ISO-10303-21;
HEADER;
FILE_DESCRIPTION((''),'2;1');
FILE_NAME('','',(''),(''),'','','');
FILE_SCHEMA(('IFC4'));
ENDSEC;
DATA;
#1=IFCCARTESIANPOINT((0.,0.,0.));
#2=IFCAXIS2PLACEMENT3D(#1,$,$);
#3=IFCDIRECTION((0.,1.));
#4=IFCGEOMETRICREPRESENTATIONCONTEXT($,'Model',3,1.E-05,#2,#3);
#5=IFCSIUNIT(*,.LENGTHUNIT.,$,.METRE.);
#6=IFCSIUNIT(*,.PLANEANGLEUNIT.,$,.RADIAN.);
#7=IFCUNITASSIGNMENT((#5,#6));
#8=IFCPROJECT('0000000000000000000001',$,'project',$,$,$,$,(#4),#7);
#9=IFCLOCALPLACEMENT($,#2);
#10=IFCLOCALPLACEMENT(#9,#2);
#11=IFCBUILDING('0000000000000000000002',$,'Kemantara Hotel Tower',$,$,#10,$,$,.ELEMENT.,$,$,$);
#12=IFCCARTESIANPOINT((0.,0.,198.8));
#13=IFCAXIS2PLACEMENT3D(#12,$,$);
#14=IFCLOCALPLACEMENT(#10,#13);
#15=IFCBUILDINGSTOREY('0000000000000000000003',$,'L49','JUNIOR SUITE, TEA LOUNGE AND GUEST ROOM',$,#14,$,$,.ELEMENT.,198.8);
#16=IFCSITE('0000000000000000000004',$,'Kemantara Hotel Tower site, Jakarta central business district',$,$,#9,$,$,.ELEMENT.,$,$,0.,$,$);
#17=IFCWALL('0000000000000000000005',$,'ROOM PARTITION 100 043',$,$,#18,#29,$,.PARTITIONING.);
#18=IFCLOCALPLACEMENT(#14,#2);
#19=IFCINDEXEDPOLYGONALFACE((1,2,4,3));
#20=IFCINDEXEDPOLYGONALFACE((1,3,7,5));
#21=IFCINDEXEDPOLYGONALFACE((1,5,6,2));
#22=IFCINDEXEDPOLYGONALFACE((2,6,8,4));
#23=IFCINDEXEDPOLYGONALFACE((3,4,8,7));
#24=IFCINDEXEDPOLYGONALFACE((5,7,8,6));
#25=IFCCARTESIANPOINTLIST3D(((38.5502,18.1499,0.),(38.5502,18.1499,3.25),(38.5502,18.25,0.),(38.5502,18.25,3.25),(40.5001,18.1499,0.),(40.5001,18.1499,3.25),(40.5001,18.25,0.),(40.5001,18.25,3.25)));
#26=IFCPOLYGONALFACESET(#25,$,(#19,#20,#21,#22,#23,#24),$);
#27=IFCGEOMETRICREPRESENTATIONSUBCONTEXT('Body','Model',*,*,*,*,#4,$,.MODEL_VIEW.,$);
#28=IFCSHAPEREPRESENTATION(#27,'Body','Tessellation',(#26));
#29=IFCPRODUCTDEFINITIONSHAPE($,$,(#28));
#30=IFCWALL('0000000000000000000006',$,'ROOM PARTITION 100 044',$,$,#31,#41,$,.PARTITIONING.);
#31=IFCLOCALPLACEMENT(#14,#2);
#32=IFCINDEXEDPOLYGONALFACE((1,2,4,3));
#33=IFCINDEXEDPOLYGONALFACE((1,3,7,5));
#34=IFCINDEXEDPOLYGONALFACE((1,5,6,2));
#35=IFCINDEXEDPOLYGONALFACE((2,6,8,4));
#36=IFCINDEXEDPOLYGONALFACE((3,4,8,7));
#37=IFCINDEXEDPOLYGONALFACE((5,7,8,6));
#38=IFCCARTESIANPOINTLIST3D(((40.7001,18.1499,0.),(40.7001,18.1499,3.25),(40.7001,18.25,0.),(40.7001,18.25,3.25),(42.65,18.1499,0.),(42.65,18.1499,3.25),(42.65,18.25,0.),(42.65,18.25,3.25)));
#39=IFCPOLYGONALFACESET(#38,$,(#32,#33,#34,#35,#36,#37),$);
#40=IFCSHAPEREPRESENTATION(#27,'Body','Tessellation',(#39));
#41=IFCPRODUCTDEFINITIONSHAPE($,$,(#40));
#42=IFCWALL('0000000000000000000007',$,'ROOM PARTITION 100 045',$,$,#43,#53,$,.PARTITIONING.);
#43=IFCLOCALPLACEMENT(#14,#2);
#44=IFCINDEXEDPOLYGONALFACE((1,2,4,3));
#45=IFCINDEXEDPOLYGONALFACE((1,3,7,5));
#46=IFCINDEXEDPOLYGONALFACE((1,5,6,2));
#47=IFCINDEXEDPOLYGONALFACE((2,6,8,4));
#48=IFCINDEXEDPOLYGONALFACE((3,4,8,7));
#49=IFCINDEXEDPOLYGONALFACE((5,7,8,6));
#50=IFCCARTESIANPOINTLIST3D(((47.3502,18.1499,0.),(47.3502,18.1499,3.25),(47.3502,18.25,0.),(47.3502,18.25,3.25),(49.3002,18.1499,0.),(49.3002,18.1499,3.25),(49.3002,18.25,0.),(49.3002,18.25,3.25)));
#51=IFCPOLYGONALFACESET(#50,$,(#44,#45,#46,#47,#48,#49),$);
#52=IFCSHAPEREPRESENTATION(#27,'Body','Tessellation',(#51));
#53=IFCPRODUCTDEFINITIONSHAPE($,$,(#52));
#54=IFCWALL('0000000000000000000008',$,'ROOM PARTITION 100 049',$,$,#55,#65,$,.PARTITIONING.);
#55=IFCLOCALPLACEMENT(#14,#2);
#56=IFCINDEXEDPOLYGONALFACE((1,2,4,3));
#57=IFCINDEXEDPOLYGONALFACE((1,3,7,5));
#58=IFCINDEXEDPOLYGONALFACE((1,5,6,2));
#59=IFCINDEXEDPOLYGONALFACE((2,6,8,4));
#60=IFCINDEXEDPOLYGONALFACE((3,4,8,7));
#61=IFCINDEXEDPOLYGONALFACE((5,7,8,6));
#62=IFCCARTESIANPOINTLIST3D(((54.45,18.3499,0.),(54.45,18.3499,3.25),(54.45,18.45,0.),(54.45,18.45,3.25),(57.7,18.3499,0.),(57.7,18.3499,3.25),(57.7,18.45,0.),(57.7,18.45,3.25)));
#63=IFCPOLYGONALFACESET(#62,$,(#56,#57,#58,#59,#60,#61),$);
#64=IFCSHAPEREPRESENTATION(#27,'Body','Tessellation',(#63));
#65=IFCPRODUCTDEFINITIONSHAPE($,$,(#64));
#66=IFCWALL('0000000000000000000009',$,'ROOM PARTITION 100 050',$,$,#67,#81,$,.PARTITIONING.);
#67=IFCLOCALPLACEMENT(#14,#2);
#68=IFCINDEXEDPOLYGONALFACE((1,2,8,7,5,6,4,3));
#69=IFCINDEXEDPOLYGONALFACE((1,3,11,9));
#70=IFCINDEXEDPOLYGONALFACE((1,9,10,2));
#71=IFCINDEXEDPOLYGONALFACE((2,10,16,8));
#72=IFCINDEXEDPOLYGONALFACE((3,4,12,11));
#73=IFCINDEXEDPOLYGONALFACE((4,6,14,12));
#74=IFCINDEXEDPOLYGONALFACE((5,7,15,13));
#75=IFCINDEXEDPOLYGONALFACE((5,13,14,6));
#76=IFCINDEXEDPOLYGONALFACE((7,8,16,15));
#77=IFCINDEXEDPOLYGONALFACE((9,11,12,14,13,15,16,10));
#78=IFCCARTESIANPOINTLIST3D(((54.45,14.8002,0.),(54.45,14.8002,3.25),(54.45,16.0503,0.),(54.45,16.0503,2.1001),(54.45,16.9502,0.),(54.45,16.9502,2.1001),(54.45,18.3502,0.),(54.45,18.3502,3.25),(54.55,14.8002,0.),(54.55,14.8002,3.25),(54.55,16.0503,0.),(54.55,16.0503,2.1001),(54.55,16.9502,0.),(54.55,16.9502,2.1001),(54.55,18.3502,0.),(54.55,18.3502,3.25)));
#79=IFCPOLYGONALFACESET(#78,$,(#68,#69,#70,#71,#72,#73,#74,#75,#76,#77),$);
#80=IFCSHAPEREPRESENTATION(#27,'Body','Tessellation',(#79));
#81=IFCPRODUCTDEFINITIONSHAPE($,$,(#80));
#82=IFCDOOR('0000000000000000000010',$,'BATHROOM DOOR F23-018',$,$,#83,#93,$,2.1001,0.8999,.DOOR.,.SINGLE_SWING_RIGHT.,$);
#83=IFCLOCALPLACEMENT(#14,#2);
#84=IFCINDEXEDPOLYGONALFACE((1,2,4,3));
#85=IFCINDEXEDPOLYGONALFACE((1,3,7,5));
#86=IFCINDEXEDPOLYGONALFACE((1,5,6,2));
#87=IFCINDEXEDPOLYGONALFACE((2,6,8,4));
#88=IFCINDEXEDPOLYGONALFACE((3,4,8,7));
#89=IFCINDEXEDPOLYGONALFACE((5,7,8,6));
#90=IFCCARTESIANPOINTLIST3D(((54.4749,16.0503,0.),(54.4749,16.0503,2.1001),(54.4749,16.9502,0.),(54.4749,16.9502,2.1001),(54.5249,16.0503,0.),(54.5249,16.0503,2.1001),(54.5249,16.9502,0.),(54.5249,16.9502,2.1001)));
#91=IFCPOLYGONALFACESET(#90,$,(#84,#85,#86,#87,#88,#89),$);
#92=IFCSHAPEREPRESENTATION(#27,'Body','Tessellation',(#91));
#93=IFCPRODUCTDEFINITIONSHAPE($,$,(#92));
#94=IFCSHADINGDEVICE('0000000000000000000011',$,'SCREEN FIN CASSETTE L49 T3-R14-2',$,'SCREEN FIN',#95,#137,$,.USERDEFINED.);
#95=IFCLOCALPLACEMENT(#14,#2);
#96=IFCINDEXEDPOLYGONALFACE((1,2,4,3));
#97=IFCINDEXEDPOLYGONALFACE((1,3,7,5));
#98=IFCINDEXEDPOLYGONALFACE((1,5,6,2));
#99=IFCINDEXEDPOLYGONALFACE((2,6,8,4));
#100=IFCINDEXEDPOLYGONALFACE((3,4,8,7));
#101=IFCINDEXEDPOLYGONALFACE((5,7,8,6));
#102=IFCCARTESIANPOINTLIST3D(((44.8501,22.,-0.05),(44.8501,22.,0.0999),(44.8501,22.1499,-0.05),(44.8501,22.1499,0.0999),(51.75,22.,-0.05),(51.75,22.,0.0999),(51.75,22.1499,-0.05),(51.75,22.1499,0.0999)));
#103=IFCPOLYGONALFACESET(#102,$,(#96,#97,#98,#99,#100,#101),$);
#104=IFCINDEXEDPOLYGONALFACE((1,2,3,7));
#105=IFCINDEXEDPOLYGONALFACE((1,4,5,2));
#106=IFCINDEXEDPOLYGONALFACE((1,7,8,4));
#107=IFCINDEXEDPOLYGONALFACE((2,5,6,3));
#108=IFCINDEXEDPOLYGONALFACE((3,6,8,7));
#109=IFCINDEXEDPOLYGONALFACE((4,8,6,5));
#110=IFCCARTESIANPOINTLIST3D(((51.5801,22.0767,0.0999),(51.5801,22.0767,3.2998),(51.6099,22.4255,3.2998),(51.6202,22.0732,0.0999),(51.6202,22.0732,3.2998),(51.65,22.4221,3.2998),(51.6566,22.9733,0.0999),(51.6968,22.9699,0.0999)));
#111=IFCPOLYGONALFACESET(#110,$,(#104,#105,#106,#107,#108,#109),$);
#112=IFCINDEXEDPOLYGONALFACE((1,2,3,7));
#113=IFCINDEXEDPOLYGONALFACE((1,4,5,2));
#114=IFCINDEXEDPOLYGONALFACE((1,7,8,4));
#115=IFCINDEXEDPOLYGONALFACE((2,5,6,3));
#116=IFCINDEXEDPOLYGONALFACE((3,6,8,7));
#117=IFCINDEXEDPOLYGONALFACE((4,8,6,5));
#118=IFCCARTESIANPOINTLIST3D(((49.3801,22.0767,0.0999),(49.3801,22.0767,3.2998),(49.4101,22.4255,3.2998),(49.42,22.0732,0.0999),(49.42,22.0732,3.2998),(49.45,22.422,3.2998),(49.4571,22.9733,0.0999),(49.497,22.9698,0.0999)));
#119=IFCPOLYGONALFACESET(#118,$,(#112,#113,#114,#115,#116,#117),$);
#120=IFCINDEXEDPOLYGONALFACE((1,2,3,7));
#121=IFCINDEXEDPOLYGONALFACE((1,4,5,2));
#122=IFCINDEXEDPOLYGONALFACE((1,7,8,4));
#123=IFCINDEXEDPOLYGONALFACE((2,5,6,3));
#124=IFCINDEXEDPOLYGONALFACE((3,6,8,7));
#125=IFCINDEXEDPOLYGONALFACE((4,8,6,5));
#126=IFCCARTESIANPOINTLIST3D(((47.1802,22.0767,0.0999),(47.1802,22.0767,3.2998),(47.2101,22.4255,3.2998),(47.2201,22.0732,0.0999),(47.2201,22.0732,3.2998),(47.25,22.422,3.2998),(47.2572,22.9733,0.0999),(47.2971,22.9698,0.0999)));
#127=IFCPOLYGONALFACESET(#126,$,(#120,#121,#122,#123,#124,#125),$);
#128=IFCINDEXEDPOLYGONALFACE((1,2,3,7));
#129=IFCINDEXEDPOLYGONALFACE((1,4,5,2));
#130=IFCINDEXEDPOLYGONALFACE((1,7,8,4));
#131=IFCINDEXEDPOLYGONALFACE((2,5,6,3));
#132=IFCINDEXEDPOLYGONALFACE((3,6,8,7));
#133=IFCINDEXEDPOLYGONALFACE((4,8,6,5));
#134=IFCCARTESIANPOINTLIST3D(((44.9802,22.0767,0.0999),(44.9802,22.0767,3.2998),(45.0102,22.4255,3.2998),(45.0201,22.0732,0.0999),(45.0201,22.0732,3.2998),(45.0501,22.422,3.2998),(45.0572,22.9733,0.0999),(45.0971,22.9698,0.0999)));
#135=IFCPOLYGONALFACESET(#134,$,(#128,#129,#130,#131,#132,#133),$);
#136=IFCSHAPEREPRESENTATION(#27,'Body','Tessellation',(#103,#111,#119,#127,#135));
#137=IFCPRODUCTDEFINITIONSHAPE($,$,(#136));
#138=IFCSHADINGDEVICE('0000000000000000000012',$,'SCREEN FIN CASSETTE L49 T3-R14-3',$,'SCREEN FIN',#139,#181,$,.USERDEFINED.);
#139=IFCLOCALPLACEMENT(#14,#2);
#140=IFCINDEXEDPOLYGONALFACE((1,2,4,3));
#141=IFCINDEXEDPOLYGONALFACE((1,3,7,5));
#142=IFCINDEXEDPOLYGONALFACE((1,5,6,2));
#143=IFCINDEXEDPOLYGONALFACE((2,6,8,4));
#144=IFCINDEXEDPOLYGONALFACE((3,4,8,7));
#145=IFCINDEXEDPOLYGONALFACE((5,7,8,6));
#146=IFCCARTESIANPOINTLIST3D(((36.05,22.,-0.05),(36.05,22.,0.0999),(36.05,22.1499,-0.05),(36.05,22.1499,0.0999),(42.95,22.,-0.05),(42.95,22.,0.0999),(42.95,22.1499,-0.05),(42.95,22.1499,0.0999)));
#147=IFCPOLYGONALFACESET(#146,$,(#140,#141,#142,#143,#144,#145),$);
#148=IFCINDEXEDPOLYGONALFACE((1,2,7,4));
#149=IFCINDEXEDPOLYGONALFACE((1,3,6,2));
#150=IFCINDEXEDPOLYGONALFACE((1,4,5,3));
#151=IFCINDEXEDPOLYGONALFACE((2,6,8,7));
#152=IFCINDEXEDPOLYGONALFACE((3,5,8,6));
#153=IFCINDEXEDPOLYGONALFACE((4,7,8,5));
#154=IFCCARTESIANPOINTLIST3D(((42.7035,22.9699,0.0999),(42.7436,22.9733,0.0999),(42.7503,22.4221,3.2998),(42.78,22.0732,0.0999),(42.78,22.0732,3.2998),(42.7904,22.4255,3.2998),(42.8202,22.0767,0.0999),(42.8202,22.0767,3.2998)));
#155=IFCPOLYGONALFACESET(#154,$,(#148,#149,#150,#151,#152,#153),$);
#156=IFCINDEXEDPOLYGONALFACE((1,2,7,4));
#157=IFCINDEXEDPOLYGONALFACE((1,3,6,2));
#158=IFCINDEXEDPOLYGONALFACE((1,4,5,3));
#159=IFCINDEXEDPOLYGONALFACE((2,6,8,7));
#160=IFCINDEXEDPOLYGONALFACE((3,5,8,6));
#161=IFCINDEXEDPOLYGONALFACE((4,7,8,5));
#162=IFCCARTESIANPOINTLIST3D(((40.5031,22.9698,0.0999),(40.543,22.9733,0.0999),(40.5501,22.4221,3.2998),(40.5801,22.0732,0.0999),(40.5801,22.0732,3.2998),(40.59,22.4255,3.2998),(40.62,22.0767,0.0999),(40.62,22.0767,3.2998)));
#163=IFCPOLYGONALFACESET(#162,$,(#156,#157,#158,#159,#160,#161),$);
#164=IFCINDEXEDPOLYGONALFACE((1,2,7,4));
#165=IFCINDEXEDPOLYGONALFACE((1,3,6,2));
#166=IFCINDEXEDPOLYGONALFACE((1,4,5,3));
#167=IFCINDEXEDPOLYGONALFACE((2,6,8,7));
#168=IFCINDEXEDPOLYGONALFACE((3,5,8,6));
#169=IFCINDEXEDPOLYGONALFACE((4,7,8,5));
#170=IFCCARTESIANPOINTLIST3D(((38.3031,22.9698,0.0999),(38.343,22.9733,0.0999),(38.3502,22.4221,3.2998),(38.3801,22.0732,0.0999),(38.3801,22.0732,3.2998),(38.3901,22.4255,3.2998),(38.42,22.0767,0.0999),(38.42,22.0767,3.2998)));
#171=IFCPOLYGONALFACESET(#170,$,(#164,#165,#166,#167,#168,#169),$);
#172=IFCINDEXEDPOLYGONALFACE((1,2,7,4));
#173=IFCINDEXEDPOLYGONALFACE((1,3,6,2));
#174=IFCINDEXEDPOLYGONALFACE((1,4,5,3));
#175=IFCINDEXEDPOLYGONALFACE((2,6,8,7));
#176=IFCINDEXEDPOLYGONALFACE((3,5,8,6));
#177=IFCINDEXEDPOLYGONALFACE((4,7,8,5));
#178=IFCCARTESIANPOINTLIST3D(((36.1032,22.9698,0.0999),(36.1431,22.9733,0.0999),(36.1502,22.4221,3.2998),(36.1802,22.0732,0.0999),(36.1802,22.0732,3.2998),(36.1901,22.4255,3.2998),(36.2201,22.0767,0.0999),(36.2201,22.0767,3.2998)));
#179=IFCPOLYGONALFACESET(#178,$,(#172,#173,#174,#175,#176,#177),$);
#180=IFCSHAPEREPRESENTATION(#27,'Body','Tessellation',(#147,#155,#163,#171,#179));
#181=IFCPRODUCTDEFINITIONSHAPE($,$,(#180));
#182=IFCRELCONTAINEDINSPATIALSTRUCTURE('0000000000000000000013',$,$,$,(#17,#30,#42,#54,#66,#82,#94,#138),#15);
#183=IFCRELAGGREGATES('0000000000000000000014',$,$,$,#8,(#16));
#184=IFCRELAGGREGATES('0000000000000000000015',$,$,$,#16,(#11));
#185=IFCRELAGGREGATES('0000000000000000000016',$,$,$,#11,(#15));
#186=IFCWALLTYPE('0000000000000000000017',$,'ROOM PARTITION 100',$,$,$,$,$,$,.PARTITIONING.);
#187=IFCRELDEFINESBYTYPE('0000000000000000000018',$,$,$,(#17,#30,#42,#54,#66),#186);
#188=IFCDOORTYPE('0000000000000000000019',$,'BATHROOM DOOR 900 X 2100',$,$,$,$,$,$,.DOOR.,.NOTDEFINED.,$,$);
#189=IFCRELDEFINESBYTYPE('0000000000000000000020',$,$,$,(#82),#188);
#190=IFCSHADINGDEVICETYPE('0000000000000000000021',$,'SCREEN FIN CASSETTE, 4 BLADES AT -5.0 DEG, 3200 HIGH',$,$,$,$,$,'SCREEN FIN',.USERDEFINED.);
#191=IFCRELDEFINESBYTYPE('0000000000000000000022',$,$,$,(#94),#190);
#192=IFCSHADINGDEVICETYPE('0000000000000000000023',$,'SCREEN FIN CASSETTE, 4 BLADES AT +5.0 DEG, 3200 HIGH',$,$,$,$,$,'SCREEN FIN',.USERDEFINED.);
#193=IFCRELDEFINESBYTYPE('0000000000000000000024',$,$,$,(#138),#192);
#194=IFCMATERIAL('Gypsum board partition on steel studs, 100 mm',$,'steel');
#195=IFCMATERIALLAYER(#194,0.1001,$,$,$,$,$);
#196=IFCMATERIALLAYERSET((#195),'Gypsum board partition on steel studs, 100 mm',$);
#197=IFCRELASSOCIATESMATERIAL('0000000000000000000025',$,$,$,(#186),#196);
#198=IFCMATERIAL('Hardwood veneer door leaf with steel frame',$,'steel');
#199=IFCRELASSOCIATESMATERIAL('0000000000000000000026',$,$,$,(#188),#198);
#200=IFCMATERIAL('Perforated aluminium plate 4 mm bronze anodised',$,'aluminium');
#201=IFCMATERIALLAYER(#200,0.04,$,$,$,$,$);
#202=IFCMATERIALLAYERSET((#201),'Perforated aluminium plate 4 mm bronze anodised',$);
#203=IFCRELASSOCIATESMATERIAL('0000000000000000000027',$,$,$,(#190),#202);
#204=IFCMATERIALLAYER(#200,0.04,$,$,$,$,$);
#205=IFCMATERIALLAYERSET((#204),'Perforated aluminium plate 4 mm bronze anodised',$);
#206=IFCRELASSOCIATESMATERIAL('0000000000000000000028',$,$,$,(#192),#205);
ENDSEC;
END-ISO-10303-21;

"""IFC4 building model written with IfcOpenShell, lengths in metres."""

from ifc_helpers import new_model, si_unit, direction, frame, frame_2d, origin, origin_2d, place, context, subcontext, project, spatial, polyline, rectangle, outline, extrude, source, transform, mapped, material, layer, layer_set, type_object, element, fill, save


model = new_model("IFC4")

# Units and contexts
model_context = context("Model", 3, precision=1e-05, world=origin(), true_north=direction((0.0, 1.0)))
body_context = subcontext(model_context, "Body", "Model", "MODEL_VIEW")
ifc_project = project(units=[si_unit("LENGTHUNIT", "METRE"), si_unit("PLANEANGLEUNIT", "RADIAN")], contexts=[model_context])

# Site, building, storey
site_placement = place(None, origin())
site = spatial("IfcSite", under=ifc_project, at=site_placement, Name="Kemantara Hotel Tower site, Jakarta central business district", CompositionType="ELEMENT", RefElevation=0.0)
building_placement = place(site_placement, origin())
building = spatial("IfcBuilding", under=site, at=building_placement, Name="Kemantara Hotel Tower", CompositionType="ELEMENT")
storey_placement = place(building_placement, frame((0.0, 0.0, 198.8)))
storey = spatial("IfcBuildingStorey", under=building, at=storey_placement, Name="L49", Description="JUNIOR SUITE, TEA LOUNGE AND GUEST ROOM", CompositionType="ELEMENT", Elevation=198.8)

# Walls
ifc_material_1 = material(Name="Gypsum board partition on steel studs, 100 mm", Category="steel")
ifc_layer_1 = layer(ifc_material_1, 0.1001)
ifc_layer_set_1 = layer_set([ifc_layer_1], Name="Gypsum board partition on steel studs, 100 mm")
wall_type_1 = type_object("IfcWallType", Name="ROOM PARTITION 100", PredefinedType="PARTITIONING", material=ifc_layer_set_1)
for number, where, z_axis, x_axis, name in (
    (1, (38.55, 18.2, 0.0), (0.0, 0.0, 1.0), (1.0, 0.0, 0.0), "ROOM PARTITION 100 043"),
    (2, (40.7, 18.2, 0.0), (0.0, 0.0, 1.0), (1.0, 0.0, 0.0), "ROOM PARTITION 100 044"),
    (3, (47.3501, 18.2, 0.0), (0.0, 0.0, 1.0), (1.0, 0.0, 0.0), "ROOM PARTITION 100 045"),
):
    element("IfcWall", number, at=place(storey_placement, frame(where, z_axis=z_axis, x_axis=x_axis)), inside=storey, type_object=wall_type_1, Name=name, PredefinedType="PARTITIONING", context=body_context, shape_type="SweptSolid", body=[
        extrude(rectangle(XDim=1.95, YDim=0.1001, at=frame_2d((0.9751, 0.0))), origin(), (0.0, 0.0, 1.0), 3.25),
    ])
wall_1_placement = place(storey_placement, frame((54.45, 18.3999, 0.0), z_axis=(0.0, 0.0, 1.0), x_axis=(1.0, 0.0, 0.0)))
element("IfcWall", 4, at=wall_1_placement, inside=storey, type_object=wall_type_1, Name="ROOM PARTITION 100 049", PredefinedType="PARTITIONING", context=body_context, shape_type="SweptSolid", body=[
    extrude(rectangle(XDim=3.25, YDim=0.1001, at=frame_2d((1.625, 0.0))), origin(), (0.0, 0.0, 1.0), 3.25),
])

# Wall, opening, door
wall_2_placement = place(storey_placement, frame((54.5, 18.3501, 0.0), z_axis=(0.0, 0.0, 1.0), x_axis=(0.0, -1.0, 0.0)))
wall_2 = element("IfcWall", 5, at=wall_2_placement, inside=storey, type_object=wall_type_1, Name="ROOM PARTITION 100 050", PredefinedType="PARTITIONING", context=body_context, shape_type="SweptSolid", body=[
    extrude(rectangle(XDim=3.55, YDim=0.1001, at=frame_2d((1.7749, 0.0))), origin(), (0.0, 0.0, 1.0), 3.25),
])
opening_placement = place(wall_2_placement, frame((1.3999, 0.0, 0.0)))
opening = element("IfcOpeningElement", 6, at=opening_placement, cuts=wall_2, PredefinedType="OPENING", context=body_context, shape_type="SweptSolid", body=[
    extrude(rectangle(XDim=0.8999, YDim=2.1001, at=frame_2d((0.45, 1.05))), frame((0.0, 0.0601, 0.0), z_axis=(0.0, -1.0, 0.0), x_axis=(1.0, 0.0, 0.0)), (0.0, 0.0, 1.0), 0.1201),
])
ifc_material_2 = material(Name="Hardwood veneer door leaf with steel frame", Category="steel")
door_type = type_object("IfcDoorType", Name="BATHROOM DOOR 900 X 2100", OperationType="NOTDEFINED", PredefinedType="DOOR", material=ifc_material_2)
door_placement = place(opening_placement, origin())
door = element("IfcDoor", 7, at=door_placement, inside=storey, type_object=door_type, Name="BATHROOM DOOR F23-018", OperationType="SINGLE_SWING_RIGHT", OverallHeight=2.1001, OverallWidth=0.8999, PredefinedType="DOOR", context=body_context, shape_type="SweptSolid", body=[
    extrude(rectangle(XDim=0.8999, YDim=2.1001, at=frame_2d((0.45, 1.05))), frame((0.0, 0.0249, 0.0), z_axis=(0.0, -1.0, 0.0), x_axis=(1.0, 0.0, 0.0)), (0.0, 0.0, 1.0), 0.05),
])
fill(opening, door)

# Shading devices
ifc_material_3 = material(Name="Perforated aluminium plate 4 mm bronze anodised", Category="aluminium")
ifc_layer_2 = layer(ifc_material_3, 0.04)
ifc_layer_set_2 = layer_set([ifc_layer_2], Name="Perforated aluminium plate 4 mm bronze anodised")
shading_device_type_1 = type_object("IfcShadingDeviceType", Name="SCREEN FIN CASSETTE, 4 BLADES AT -5.0 DEG, 3200 HIGH", ElementType="SCREEN FIN", PredefinedType="USERDEFINED", material=ifc_layer_set_2)
shared_shape_1 = source(origin(), body_context, "Body", "SweptSolid", [
    extrude(rectangle(XDim=6.8999, YDim=0.1499, at=origin_2d()), frame((3.3, -0.075, -0.1499), z_axis=(0.0, 0.0, 1.0), x_axis=(1.0, 0.0, 0.0)), (0.0, 0.0, 1.0), 0.1499),
    extrude(outline(polyline([(0.0, 0.0), (0.8999, 0.0), (0.3501, 3.2), (0.0, 3.2), (0.0, 0.0)])), frame((0.02, -0.0767, 0.0), z_axis=(-0.996376, 0.085056, 0.0), x_axis=(-0.085056, -0.996376, 0.0)), (0.0, 0.0, 1.0), 0.0403),
    extrude(outline(polyline([(0.0, 0.0), (0.8999, 0.0), (0.3501, 3.2), (0.0, 3.2), (0.0, 0.0)])), frame((2.22, -0.0767, 0.0), z_axis=(-0.996332, 0.085575, 0.0), x_axis=(-0.085575, -0.996332, 0.0)), (0.0, 0.0, 1.0), 0.04),
    extrude(outline(polyline([(0.0, 0.0), (0.8999, 0.0), (0.3501, 3.2), (0.0, 3.2), (0.0, 0.0)])), frame((4.4199, -0.0767, 0.0), z_axis=(-0.996332, 0.085575, 0.0), x_axis=(-0.085575, -0.996332, 0.0)), (0.0, 0.0, 1.0), 0.04),
    extrude(outline(polyline([(0.0, 0.0), (0.8999, 0.0), (0.3501, 3.2), (0.0, 3.2), (0.0, 0.0)])), frame((6.6199, -0.0767, 0.0), z_axis=(-0.996332, 0.085575, 0.0), x_axis=(-0.085575, -0.996332, 0.0)), (0.0, 0.0, 1.0), 0.04),
])
shading_device_1_placement = place(storey_placement, frame((51.6001, 22.0, 0.0999), z_axis=(0.0, 0.0, 1.0), x_axis=(-1.0, 0.0, 0.0)))
element("IfcShadingDevice", 8, at=shading_device_1_placement, inside=storey, type_object=shading_device_type_1, Name="SCREEN FIN CASSETTE L49 T3-R14-2", ObjectType="SCREEN FIN", PredefinedType="USERDEFINED", context=body_context, shape_type="MappedRepresentation", body=[
    mapped(shared_shape_1, transform((0.0, 0.0, 0.0))),
])
ifc_layer_3 = layer(ifc_material_3, 0.04)
ifc_layer_set_3 = layer_set([ifc_layer_3], Name="Perforated aluminium plate 4 mm bronze anodised")
shading_device_type_2 = type_object("IfcShadingDeviceType", Name="SCREEN FIN CASSETTE, 4 BLADES AT +5.0 DEG, 3200 HIGH", ElementType="SCREEN FIN", PredefinedType="USERDEFINED", material=ifc_layer_set_3)
shared_shape_2 = source(origin(), body_context, "Body", "SweptSolid", [
    extrude(rectangle(XDim=6.8999, YDim=0.1499, at=origin_2d()), frame((3.3, -0.075, -0.1499), z_axis=(0.0, 0.0, 1.0), x_axis=(1.0, 0.0, 0.0)), (0.0, 0.0, 1.0), 0.1499),
    extrude(outline(polyline([(0.0, 0.0), (0.8999, 0.0), (0.3501, 3.2), (0.0, 3.2), (0.0, 0.0)])), frame((0.02, -0.0732, 0.0), z_axis=(-0.996376, -0.085056, 0.0), x_axis=(0.085056, -0.996376, 0.0)), (0.0, 0.0, 1.0), 0.0403),
    extrude(outline(polyline([(0.0, 0.0), (0.8999, 0.0), (0.3501, 3.2), (0.0, 3.2), (0.0, 0.0)])), frame((2.22, -0.0732, 0.0), z_axis=(-0.996332, -0.085575, 0.0), x_axis=(0.085575, -0.996332, 0.0)), (0.0, 0.0, 1.0), 0.04),
    extrude(outline(polyline([(0.0, 0.0), (0.8999, 0.0), (0.3501, 3.2), (0.0, 3.2), (0.0, 0.0)])), frame((4.4199, -0.0732, 0.0), z_axis=(-0.996332, -0.085575, 0.0), x_axis=(0.085575, -0.996332, 0.0)), (0.0, 0.0, 1.0), 0.04),
    extrude(outline(polyline([(0.0, 0.0), (0.8999, 0.0), (0.3501, 3.2), (0.0, 3.2), (0.0, 0.0)])), frame((6.6199, -0.0732, 0.0), z_axis=(-0.996332, -0.085575, 0.0), x_axis=(0.085575, -0.996332, 0.0)), (0.0, 0.0, 1.0), 0.04),
])
shading_device_2_placement = place(storey_placement, frame((42.8, 22.0, 0.0999), z_axis=(0.0, 0.0, 1.0), x_axis=(-1.0, 0.0, 0.0)))
element("IfcShadingDevice", 9, at=shading_device_2_placement, inside=storey, type_object=shading_device_type_2, Name="SCREEN FIN CASSETTE L49 T3-R14-3", ObjectType="SCREEN FIN", PredefinedType="USERDEFINED", context=body_context, shape_type="MappedRepresentation", body=[
    mapped(shared_shape_2, transform((0.0, 0.0, 0.0))),
])

save(model, "model.ifc")
